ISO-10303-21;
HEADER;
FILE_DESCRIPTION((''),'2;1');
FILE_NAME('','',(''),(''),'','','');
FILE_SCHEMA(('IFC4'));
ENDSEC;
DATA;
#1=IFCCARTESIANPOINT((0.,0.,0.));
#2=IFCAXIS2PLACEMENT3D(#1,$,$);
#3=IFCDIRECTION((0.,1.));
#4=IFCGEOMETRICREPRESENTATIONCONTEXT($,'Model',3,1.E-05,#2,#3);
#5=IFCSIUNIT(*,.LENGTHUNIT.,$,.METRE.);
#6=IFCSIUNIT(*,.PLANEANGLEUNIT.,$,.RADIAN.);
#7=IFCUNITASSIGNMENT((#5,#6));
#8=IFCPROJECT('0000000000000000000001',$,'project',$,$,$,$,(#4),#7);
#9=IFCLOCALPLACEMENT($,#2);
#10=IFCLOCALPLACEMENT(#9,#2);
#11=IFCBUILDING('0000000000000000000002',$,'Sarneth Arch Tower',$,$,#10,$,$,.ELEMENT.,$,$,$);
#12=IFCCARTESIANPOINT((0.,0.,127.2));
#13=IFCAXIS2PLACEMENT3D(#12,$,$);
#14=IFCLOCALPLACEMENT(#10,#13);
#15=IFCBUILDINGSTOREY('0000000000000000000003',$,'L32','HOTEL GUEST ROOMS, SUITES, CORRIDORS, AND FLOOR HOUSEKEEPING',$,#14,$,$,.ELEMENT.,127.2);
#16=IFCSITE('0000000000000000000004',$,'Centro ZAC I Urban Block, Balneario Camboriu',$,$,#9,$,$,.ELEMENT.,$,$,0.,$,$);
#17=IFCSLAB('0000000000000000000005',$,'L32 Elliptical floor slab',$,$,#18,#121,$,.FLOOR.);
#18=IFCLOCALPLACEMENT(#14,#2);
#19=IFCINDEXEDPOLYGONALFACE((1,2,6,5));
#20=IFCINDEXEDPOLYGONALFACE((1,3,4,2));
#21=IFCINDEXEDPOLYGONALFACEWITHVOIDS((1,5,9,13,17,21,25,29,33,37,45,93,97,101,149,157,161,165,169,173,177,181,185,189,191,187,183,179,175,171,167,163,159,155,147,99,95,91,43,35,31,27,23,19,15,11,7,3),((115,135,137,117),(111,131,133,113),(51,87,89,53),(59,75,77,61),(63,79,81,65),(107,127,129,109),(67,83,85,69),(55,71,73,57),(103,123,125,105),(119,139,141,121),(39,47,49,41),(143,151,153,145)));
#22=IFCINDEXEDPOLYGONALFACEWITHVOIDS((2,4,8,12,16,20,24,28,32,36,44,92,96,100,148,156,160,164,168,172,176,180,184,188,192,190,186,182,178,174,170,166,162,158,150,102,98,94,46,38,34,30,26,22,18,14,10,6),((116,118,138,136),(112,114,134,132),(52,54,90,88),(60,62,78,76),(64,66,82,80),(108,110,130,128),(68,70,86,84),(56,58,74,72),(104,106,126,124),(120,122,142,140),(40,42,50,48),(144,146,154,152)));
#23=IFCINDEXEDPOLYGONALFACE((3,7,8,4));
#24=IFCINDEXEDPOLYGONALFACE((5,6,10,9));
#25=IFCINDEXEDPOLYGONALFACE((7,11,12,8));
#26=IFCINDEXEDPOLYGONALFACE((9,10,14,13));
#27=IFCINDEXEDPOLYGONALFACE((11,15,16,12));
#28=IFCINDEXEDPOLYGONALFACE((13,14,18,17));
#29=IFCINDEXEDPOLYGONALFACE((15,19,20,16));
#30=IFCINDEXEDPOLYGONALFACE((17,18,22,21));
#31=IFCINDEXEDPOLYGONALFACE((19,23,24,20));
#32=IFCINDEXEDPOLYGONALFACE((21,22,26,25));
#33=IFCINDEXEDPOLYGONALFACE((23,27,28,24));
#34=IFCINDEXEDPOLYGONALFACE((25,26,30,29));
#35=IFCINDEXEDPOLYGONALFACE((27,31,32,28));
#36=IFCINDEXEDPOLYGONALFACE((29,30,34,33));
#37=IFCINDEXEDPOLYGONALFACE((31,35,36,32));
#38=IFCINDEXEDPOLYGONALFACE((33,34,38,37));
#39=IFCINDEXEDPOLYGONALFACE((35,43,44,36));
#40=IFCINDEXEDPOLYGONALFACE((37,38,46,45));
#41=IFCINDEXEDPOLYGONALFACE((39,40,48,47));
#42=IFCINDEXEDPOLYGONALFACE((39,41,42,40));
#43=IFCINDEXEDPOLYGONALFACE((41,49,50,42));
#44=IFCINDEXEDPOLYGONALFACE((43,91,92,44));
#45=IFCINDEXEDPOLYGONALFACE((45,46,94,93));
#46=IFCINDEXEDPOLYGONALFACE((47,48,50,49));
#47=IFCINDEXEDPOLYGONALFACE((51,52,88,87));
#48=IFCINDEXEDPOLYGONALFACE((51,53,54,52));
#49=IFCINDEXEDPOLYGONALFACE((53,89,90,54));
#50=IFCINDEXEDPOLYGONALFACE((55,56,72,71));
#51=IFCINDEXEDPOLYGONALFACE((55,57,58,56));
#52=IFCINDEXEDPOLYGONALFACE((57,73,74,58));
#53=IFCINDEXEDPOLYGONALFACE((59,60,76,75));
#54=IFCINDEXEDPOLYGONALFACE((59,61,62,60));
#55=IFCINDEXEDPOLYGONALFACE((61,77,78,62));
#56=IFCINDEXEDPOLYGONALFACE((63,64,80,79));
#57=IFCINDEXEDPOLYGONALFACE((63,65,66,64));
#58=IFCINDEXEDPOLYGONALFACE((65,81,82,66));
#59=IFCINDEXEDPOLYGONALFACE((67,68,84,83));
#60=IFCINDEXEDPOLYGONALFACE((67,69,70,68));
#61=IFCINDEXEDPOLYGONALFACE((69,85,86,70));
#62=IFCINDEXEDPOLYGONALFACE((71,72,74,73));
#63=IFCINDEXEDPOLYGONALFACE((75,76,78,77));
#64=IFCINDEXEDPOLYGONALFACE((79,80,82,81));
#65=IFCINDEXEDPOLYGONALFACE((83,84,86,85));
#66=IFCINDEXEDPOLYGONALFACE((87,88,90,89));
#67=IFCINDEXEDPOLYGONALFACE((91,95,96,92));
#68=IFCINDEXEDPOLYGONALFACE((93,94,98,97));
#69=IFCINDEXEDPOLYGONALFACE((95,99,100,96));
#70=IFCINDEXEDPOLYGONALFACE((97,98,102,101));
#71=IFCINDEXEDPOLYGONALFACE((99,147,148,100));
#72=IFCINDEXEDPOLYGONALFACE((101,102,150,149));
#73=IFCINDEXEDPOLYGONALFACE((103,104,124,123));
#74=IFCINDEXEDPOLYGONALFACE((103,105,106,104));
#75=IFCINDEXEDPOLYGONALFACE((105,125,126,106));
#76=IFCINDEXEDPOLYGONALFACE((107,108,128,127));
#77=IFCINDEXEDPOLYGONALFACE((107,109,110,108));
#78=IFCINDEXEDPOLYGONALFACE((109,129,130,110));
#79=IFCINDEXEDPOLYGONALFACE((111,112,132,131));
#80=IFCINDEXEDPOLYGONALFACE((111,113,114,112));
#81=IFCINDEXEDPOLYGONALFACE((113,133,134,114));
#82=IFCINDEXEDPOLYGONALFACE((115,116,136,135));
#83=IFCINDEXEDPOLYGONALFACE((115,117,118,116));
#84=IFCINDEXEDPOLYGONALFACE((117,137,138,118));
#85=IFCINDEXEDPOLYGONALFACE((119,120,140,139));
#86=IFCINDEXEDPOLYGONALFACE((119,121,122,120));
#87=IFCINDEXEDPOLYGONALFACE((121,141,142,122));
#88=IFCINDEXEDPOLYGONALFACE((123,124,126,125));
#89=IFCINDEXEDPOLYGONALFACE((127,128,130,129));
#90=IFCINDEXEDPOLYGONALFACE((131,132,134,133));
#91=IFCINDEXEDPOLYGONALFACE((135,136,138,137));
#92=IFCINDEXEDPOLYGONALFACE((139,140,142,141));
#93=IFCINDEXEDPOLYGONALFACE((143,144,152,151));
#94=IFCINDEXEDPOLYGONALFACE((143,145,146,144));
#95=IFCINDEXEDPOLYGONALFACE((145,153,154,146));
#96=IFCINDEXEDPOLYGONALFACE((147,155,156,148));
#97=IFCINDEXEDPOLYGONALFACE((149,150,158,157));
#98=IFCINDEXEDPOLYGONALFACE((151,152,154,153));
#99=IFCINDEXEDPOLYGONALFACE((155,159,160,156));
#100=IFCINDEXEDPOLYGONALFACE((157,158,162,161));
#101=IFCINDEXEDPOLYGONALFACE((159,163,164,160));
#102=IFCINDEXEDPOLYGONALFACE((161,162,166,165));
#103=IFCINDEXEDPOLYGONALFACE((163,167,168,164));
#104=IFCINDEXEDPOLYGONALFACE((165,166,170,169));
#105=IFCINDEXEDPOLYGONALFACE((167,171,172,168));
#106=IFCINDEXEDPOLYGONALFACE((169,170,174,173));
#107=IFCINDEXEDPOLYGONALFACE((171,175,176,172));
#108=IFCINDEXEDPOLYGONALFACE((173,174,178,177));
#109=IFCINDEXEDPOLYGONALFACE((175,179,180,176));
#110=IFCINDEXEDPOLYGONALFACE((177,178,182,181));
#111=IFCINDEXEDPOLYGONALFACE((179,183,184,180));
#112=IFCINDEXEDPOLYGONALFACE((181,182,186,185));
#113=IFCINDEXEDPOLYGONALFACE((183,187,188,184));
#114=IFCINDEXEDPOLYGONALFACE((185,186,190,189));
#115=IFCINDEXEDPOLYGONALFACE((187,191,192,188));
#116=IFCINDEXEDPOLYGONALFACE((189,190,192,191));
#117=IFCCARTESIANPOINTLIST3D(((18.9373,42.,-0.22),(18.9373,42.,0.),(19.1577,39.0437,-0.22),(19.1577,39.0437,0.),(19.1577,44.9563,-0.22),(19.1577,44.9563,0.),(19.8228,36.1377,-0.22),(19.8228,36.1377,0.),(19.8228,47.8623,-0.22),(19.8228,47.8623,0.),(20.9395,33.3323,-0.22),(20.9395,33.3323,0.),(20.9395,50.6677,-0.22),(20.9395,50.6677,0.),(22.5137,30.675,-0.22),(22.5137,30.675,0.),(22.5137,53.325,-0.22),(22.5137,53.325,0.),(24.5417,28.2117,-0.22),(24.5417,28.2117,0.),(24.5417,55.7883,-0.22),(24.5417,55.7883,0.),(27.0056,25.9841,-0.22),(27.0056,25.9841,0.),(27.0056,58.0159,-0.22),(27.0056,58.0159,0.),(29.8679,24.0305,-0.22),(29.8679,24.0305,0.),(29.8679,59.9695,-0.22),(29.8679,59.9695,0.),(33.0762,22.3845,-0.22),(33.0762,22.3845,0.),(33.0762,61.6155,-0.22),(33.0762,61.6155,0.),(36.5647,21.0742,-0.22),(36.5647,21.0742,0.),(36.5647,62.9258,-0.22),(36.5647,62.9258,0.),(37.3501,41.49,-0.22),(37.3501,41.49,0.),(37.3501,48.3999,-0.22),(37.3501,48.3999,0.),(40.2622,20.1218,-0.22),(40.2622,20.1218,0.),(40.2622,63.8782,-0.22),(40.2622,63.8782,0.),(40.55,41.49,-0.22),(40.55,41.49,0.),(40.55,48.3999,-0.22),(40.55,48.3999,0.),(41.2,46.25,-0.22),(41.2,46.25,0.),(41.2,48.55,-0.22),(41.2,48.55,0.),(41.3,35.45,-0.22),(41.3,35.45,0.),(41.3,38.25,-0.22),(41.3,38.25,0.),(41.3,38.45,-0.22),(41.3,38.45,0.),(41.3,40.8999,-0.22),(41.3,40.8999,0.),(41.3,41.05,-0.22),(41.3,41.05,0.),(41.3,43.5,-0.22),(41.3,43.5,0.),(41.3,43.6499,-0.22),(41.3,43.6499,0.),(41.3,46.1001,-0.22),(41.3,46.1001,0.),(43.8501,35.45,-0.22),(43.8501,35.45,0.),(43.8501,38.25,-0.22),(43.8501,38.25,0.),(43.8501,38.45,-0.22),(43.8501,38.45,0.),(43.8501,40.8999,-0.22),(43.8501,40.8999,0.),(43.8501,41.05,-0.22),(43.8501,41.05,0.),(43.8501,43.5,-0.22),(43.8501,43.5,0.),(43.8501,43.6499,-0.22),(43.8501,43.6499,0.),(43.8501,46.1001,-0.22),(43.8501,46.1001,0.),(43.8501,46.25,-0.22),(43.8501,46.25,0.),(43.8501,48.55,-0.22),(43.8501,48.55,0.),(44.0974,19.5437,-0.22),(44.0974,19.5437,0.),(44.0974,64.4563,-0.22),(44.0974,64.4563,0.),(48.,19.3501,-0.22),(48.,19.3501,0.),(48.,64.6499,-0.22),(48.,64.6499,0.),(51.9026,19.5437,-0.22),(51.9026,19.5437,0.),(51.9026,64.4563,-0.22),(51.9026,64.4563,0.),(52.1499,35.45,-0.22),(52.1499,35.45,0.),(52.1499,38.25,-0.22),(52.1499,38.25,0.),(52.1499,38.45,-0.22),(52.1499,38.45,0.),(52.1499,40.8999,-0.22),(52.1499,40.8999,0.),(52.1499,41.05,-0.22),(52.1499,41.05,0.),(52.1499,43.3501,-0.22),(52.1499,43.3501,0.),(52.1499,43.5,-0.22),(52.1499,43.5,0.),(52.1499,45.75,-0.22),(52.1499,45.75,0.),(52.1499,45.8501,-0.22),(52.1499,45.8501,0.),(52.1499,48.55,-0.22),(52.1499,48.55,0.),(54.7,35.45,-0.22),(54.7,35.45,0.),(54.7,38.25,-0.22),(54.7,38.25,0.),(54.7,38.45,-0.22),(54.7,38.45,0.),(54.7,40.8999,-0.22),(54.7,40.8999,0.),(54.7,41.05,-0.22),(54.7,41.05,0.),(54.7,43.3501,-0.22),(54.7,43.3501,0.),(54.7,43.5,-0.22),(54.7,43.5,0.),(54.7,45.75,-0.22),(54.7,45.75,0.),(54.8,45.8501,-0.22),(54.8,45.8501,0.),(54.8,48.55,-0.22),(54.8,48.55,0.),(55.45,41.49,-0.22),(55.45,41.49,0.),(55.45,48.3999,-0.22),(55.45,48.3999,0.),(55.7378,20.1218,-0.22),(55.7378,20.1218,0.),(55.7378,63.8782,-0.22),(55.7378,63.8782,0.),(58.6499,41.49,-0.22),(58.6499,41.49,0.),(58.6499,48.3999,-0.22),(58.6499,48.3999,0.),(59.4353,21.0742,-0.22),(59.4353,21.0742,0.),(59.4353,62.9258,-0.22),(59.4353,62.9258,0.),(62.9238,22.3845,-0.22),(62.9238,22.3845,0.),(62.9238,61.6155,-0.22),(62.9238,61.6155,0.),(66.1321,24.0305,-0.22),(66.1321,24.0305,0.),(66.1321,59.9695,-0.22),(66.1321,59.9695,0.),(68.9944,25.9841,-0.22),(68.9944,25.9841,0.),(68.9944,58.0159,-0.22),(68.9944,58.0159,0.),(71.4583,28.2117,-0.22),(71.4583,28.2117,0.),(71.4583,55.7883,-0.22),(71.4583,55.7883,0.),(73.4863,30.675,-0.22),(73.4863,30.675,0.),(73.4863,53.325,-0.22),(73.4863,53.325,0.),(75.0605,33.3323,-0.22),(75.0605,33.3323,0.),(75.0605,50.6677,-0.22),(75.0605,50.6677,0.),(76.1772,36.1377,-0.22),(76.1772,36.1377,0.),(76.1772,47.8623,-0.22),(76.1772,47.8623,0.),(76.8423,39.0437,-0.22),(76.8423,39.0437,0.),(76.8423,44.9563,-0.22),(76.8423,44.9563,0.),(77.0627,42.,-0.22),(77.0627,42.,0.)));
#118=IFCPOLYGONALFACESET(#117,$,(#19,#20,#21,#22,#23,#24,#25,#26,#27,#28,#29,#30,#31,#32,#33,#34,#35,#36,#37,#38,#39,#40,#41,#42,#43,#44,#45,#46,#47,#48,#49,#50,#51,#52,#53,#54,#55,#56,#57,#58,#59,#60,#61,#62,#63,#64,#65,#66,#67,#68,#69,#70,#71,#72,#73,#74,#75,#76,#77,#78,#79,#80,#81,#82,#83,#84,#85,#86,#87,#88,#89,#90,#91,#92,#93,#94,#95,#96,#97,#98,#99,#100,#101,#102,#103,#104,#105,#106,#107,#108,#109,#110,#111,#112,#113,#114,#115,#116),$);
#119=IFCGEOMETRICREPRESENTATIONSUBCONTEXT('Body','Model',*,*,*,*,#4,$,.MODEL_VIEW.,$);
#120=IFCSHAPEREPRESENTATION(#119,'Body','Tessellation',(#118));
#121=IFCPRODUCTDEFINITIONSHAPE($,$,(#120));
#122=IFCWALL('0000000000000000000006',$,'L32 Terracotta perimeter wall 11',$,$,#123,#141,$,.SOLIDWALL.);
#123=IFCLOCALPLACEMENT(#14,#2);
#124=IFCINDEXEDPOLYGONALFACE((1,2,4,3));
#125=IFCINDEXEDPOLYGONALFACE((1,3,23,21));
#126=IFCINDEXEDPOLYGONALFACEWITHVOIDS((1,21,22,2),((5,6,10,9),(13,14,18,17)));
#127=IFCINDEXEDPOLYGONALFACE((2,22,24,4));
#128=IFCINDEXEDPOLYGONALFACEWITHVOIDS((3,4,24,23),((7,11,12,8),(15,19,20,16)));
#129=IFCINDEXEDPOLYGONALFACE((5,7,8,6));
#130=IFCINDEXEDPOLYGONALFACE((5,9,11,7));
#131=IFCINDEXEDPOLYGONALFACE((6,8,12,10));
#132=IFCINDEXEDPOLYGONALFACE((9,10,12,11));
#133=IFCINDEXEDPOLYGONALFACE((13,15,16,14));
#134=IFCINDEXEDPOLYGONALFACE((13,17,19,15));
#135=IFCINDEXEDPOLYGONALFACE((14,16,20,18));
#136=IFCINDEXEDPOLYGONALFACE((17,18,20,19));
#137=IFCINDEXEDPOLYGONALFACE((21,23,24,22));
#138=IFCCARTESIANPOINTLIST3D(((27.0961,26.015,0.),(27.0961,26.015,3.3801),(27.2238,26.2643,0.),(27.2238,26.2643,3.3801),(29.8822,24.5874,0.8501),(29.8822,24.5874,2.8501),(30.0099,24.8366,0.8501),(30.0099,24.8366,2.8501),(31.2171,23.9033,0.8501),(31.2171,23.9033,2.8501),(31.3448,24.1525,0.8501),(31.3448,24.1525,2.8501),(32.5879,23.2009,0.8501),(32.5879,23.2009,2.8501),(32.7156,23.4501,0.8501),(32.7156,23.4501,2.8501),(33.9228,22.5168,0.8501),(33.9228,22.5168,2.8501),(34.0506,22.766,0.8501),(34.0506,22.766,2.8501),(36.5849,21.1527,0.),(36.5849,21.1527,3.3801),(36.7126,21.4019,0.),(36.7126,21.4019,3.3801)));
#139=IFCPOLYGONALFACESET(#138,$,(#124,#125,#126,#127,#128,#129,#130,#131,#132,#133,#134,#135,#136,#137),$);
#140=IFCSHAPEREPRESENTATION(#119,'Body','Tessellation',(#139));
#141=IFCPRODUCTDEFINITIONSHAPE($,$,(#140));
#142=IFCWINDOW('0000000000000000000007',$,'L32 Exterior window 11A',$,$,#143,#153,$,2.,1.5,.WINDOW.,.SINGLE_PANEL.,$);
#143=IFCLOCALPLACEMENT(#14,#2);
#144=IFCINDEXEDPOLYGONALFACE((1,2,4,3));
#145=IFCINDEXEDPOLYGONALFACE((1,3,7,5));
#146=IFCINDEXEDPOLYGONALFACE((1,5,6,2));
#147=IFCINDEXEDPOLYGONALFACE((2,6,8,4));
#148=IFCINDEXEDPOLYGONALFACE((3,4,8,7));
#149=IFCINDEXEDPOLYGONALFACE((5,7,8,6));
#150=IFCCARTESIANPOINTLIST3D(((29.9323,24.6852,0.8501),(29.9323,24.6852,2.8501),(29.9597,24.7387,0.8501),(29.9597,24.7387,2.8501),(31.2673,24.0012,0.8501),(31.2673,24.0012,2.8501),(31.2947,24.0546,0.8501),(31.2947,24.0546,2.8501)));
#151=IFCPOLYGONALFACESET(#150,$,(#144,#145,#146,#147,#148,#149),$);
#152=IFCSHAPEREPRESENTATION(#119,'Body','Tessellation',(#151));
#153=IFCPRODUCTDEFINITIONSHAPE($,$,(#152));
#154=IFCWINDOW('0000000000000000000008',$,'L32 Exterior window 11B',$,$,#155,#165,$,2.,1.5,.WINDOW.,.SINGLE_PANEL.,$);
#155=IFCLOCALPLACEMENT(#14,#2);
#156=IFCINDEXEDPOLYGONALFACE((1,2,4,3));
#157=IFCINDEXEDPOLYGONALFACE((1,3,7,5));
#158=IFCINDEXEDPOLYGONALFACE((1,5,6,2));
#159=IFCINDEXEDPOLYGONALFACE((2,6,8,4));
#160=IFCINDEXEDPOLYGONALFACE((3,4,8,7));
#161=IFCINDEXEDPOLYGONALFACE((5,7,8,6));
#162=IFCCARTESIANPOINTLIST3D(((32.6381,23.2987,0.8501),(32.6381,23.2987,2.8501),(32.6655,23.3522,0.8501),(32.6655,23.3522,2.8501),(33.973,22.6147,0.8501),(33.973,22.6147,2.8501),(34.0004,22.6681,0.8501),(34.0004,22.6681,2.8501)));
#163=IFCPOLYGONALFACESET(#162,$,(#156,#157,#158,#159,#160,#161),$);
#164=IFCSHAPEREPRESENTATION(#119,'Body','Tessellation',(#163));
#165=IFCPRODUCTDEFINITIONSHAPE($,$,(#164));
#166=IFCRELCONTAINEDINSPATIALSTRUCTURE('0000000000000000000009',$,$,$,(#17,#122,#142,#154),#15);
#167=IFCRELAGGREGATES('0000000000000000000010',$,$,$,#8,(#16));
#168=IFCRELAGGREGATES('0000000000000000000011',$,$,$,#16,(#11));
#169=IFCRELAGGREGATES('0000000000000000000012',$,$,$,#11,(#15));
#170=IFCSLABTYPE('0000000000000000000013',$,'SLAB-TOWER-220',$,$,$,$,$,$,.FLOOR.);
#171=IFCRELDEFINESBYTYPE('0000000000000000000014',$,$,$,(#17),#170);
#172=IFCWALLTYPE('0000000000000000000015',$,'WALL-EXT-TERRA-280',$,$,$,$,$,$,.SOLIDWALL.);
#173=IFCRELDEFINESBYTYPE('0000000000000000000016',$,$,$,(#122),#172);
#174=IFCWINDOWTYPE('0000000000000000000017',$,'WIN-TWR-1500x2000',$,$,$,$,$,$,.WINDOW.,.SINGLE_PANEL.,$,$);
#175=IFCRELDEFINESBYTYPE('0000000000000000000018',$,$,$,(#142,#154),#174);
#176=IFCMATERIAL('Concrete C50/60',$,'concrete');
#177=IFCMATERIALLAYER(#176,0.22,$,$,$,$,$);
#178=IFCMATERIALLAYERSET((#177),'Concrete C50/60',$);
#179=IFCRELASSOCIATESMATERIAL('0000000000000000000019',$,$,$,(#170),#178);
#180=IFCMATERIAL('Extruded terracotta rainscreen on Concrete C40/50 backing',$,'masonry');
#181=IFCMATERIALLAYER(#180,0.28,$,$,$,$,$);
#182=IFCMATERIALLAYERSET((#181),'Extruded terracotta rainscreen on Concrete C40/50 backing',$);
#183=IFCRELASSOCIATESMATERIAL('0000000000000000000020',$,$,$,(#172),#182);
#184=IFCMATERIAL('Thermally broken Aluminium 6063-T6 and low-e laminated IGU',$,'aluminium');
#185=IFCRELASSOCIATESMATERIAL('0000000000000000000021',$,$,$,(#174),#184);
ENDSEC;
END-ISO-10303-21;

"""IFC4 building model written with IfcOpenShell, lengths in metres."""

from ifc_helpers import new_model, si_unit, direction, frame, frame_2d, origin, place, context, subcontext, project, spatial, polyline, rectangle, outline, extrude, material, layer, layer_set, type_object, element, fill, save


model = new_model("IFC4")

# Units and contexts
model_context = context("Model", 3, precision=1e-05, world=origin(), true_north=direction((0.0, 1.0)))
body_context = subcontext(model_context, "Body", "Model", "MODEL_VIEW")
ifc_project = project(units=[si_unit("LENGTHUNIT", "METRE"), si_unit("PLANEANGLEUNIT", "RADIAN")], contexts=[model_context])

# Site, building, storey
site_placement = place(None, origin())
site = spatial("IfcSite", under=ifc_project, at=site_placement, Name="Centro ZAC I Urban Block, Balneario Camboriu", CompositionType="ELEMENT", RefElevation=0.0)
building_placement = place(site_placement, origin())
building = spatial("IfcBuilding", under=site, at=building_placement, Name="Sarneth Arch Tower", CompositionType="ELEMENT")
storey_placement = place(building_placement, frame((0.0, 0.0, 127.2)))
storey = spatial("IfcBuildingStorey", under=building, at=storey_placement, Name="L32", Description="HOTEL GUEST ROOMS, SUITES, CORRIDORS, AND FLOOR HOUSEKEEPING", CompositionType="ELEMENT", Elevation=127.2)

# Slab
ifc_material_1 = material(Name="Concrete C50/60", Category="concrete")
ifc_layer_1 = layer(ifc_material_1, 0.22)
ifc_layer_set_1 = layer_set([ifc_layer_1], Name="Concrete C50/60")
slab_type_1 = type_object("IfcSlabType", Name="SLAB-TOWER-220", PredefinedType="FLOOR", material=ifc_layer_set_1)
slab_1_placement = place(storey_placement, frame((0.0, 0.0, -0.22)))
element("IfcSlab", 1, at=slab_1_placement, inside=storey, type_object=slab_type_1, Name="L32 Elliptical floor slab", PredefinedType="FLOOR", context=body_context, shape_type="SweptSolid", body=[
    extrude(outline(polyline([(77.0627, 42.0), (76.8423, 44.9563), (76.1772, 47.8623), (75.0605, 50.6677), (73.4863, 53.325), (71.4583, 55.7883), (68.9944, 58.0159), (66.1321, 59.9695), (62.9238, 61.6155), (59.4353, 62.9258), (55.7378, 63.8782), (51.9026, 64.4563), (48.0, 64.6499), (44.0974, 64.4563), (40.2622, 63.8782), (36.5647, 62.9258), (33.0762, 61.6155), (29.8679, 59.9695), (27.0056, 58.0159), (24.5417, 55.7883), (22.5137, 53.325), (20.9395, 50.6677), (19.8228, 47.8623), (19.1577, 44.9563), (18.9373, 42.0), (19.1577, 39.0437), (19.8228, 36.1377), (20.9395, 33.3323), (22.5137, 30.675), (24.5417, 28.2117), (27.0056, 25.9841), (29.8679, 24.0305), (33.0762, 22.3845), (36.5647, 21.0742), (40.2622, 20.1218), (44.0974, 19.5437), (48.0, 19.3501), (51.9026, 19.5437), (55.7378, 20.1218), (59.4353, 21.0742), (62.9238, 22.3845), (66.1321, 24.0305), (68.9944, 25.9841), (71.4583, 28.2117), (73.4863, 30.675), (75.0605, 33.3323), (76.1772, 36.1377), (76.8423, 39.0437), (77.0627, 42.0)]), holes=[polyline([(37.3501, 41.49), (40.55, 41.49), (40.55, 48.3999), (37.3501, 48.3999), (37.3501, 41.49)]), polyline([(55.45, 41.49), (58.6499, 41.49), (58.6499, 48.3999), (55.45, 48.3999), (55.45, 41.49)]), polyline([(41.2, 46.25), (43.8501, 46.25), (43.8501, 48.55), (41.2, 48.55), (41.2, 46.25)]), polyline([(41.3, 35.45), (43.8501, 35.45), (43.8501, 38.25), (41.3, 38.25), (41.3, 35.45)]), polyline([(52.1499, 35.45), (54.7, 35.45), (54.7, 38.25), (52.1499, 38.25), (52.1499, 35.45)]), polyline([(52.1499, 45.8501), (54.8, 45.8501), (54.8, 48.55), (52.1499, 48.55), (52.1499, 45.8501)]), polyline([(41.3, 38.45), (43.8501, 38.45), (43.8501, 40.8999), (41.3, 40.8999), (41.3, 38.45)]), polyline([(41.3, 41.05), (43.8501, 41.05), (43.8501, 43.5), (41.3, 43.5), (41.3, 41.05)]), polyline([(41.3, 43.6499), (43.8501, 43.6499), (43.8501, 46.1001), (41.3, 46.1001), (41.3, 43.6499)]), polyline([(52.1499, 38.45), (54.7, 38.45), (54.7, 40.8999), (52.1499, 40.8999), (52.1499, 38.45)]), polyline([(52.1499, 41.05), (54.7, 41.05), (54.7, 43.3501), (52.1499, 43.3501), (52.1499, 41.05)]), polyline([(52.1499, 43.5), (54.7, 43.5), (54.7, 45.75), (52.1499, 45.75), (52.1499, 43.5)])]), origin(), (0.0, 0.0, 1.0), 0.22),
])

# Wall, openings, windows
ifc_material_2 = material(Name="Extruded terracotta rainscreen on Concrete C40/50 backing", Category="masonry")
ifc_layer_2 = layer(ifc_material_2, 0.28)
ifc_layer_set_2 = layer_set([ifc_layer_2], Name="Extruded terracotta rainscreen on Concrete C40/50 backing")
wall_type_1 = type_object("IfcWallType", Name="WALL-EXT-TERRA-280", PredefinedType="SOLIDWALL", material=ifc_layer_set_2)
wall_1_placement = place(storey_placement, frame((27.1599, 26.1396, 0.0), z_axis=(0.0, 0.0, 1.0), x_axis=(0.88996, -0.45604, 0.0)))
wall_1 = element("IfcWall", 2, at=wall_1_placement, inside=storey, type_object=wall_type_1, Name="L32 Terracotta perimeter wall 11", PredefinedType="SOLIDWALL", context=body_context, shape_type="SweptSolid", body=[
    extrude(rectangle(XDim=10.6621, YDim=0.28, at=frame_2d((5.3311, 0.0))), origin(), (0.0, 0.0, 1.0), 3.3801),
])
opening_1_placement = place(wall_1_placement, frame((3.1306, 0.0, 0.8501)))
opening_1 = element("IfcOpeningElement", 3, at=opening_1_placement, cuts=wall_1, PredefinedType="OPENING", context=body_context, shape_type="SweptSolid", body=[
    extrude(rectangle(XDim=1.5, YDim=2.0, at=frame_2d((0.75, 1.0))), frame((0.0, 0.1499, 0.0), z_axis=(0.0, -1.0, 0.0), x_axis=(1.0, 0.0, 0.0)), (0.0, 0.0, 1.0), 0.3),
])
opening_2_placement = place(wall_1_placement, frame((6.1709, 0.0, 0.8501)))
opening_2 = element("IfcOpeningElement", 4, at=opening_2_placement, cuts=wall_1, PredefinedType="OPENING", context=body_context, shape_type="SweptSolid", body=[
    extrude(rectangle(XDim=1.5, YDim=2.0, at=frame_2d((0.75, 1.0))), frame((0.0, 0.1499, 0.0), z_axis=(0.0, -1.0, 0.0), x_axis=(1.0, 0.0, 0.0)), (0.0, 0.0, 1.0), 0.3),
])
ifc_material_3 = material(Name="Thermally broken Aluminium 6063-T6 and low-e laminated IGU", Category="aluminium")
window_type = type_object("IfcWindowType", Name="WIN-TWR-1500x2000", PartitioningType="SINGLE_PANEL", PredefinedType="WINDOW", material=ifc_material_3)
window_1_placement = place(opening_1_placement, origin())
window_1 = element("IfcWindow", 5, at=window_1_placement, inside=storey, type_object=window_type, Name="L32 Exterior window 11A", OverallHeight=2.0, OverallWidth=1.5, PartitioningType="SINGLE_PANEL", PredefinedType="WINDOW", context=body_context, shape_type="SweptSolid", body=[
    extrude(rectangle(XDim=1.5, YDim=2.0, at=frame_2d((0.75, 1.0))), frame((0.0, 0.03, 0.0), z_axis=(0.0, -1.0, 0.0), x_axis=(1.0, 0.0, 0.0)), (0.0, 0.0, 1.0), 0.0601),
])
fill(opening_1, window_1)
window_2_placement = place(opening_2_placement, origin())
window_2 = element("IfcWindow", 6, at=window_2_placement, inside=storey, type_object=window_type, Name="L32 Exterior window 11B", OverallHeight=2.0, OverallWidth=1.5, PartitioningType="SINGLE_PANEL", PredefinedType="WINDOW", context=body_context, shape_type="SweptSolid", body=[
    extrude(rectangle(XDim=1.5, YDim=2.0, at=frame_2d((0.75, 1.0))), frame((0.0, 0.03, 0.0), z_axis=(0.0, -1.0, 0.0), x_axis=(1.0, 0.0, 0.0)), (0.0, 0.0, 1.0), 0.0601),
])
fill(opening_2, window_2)

save(model, "model.ifc")
